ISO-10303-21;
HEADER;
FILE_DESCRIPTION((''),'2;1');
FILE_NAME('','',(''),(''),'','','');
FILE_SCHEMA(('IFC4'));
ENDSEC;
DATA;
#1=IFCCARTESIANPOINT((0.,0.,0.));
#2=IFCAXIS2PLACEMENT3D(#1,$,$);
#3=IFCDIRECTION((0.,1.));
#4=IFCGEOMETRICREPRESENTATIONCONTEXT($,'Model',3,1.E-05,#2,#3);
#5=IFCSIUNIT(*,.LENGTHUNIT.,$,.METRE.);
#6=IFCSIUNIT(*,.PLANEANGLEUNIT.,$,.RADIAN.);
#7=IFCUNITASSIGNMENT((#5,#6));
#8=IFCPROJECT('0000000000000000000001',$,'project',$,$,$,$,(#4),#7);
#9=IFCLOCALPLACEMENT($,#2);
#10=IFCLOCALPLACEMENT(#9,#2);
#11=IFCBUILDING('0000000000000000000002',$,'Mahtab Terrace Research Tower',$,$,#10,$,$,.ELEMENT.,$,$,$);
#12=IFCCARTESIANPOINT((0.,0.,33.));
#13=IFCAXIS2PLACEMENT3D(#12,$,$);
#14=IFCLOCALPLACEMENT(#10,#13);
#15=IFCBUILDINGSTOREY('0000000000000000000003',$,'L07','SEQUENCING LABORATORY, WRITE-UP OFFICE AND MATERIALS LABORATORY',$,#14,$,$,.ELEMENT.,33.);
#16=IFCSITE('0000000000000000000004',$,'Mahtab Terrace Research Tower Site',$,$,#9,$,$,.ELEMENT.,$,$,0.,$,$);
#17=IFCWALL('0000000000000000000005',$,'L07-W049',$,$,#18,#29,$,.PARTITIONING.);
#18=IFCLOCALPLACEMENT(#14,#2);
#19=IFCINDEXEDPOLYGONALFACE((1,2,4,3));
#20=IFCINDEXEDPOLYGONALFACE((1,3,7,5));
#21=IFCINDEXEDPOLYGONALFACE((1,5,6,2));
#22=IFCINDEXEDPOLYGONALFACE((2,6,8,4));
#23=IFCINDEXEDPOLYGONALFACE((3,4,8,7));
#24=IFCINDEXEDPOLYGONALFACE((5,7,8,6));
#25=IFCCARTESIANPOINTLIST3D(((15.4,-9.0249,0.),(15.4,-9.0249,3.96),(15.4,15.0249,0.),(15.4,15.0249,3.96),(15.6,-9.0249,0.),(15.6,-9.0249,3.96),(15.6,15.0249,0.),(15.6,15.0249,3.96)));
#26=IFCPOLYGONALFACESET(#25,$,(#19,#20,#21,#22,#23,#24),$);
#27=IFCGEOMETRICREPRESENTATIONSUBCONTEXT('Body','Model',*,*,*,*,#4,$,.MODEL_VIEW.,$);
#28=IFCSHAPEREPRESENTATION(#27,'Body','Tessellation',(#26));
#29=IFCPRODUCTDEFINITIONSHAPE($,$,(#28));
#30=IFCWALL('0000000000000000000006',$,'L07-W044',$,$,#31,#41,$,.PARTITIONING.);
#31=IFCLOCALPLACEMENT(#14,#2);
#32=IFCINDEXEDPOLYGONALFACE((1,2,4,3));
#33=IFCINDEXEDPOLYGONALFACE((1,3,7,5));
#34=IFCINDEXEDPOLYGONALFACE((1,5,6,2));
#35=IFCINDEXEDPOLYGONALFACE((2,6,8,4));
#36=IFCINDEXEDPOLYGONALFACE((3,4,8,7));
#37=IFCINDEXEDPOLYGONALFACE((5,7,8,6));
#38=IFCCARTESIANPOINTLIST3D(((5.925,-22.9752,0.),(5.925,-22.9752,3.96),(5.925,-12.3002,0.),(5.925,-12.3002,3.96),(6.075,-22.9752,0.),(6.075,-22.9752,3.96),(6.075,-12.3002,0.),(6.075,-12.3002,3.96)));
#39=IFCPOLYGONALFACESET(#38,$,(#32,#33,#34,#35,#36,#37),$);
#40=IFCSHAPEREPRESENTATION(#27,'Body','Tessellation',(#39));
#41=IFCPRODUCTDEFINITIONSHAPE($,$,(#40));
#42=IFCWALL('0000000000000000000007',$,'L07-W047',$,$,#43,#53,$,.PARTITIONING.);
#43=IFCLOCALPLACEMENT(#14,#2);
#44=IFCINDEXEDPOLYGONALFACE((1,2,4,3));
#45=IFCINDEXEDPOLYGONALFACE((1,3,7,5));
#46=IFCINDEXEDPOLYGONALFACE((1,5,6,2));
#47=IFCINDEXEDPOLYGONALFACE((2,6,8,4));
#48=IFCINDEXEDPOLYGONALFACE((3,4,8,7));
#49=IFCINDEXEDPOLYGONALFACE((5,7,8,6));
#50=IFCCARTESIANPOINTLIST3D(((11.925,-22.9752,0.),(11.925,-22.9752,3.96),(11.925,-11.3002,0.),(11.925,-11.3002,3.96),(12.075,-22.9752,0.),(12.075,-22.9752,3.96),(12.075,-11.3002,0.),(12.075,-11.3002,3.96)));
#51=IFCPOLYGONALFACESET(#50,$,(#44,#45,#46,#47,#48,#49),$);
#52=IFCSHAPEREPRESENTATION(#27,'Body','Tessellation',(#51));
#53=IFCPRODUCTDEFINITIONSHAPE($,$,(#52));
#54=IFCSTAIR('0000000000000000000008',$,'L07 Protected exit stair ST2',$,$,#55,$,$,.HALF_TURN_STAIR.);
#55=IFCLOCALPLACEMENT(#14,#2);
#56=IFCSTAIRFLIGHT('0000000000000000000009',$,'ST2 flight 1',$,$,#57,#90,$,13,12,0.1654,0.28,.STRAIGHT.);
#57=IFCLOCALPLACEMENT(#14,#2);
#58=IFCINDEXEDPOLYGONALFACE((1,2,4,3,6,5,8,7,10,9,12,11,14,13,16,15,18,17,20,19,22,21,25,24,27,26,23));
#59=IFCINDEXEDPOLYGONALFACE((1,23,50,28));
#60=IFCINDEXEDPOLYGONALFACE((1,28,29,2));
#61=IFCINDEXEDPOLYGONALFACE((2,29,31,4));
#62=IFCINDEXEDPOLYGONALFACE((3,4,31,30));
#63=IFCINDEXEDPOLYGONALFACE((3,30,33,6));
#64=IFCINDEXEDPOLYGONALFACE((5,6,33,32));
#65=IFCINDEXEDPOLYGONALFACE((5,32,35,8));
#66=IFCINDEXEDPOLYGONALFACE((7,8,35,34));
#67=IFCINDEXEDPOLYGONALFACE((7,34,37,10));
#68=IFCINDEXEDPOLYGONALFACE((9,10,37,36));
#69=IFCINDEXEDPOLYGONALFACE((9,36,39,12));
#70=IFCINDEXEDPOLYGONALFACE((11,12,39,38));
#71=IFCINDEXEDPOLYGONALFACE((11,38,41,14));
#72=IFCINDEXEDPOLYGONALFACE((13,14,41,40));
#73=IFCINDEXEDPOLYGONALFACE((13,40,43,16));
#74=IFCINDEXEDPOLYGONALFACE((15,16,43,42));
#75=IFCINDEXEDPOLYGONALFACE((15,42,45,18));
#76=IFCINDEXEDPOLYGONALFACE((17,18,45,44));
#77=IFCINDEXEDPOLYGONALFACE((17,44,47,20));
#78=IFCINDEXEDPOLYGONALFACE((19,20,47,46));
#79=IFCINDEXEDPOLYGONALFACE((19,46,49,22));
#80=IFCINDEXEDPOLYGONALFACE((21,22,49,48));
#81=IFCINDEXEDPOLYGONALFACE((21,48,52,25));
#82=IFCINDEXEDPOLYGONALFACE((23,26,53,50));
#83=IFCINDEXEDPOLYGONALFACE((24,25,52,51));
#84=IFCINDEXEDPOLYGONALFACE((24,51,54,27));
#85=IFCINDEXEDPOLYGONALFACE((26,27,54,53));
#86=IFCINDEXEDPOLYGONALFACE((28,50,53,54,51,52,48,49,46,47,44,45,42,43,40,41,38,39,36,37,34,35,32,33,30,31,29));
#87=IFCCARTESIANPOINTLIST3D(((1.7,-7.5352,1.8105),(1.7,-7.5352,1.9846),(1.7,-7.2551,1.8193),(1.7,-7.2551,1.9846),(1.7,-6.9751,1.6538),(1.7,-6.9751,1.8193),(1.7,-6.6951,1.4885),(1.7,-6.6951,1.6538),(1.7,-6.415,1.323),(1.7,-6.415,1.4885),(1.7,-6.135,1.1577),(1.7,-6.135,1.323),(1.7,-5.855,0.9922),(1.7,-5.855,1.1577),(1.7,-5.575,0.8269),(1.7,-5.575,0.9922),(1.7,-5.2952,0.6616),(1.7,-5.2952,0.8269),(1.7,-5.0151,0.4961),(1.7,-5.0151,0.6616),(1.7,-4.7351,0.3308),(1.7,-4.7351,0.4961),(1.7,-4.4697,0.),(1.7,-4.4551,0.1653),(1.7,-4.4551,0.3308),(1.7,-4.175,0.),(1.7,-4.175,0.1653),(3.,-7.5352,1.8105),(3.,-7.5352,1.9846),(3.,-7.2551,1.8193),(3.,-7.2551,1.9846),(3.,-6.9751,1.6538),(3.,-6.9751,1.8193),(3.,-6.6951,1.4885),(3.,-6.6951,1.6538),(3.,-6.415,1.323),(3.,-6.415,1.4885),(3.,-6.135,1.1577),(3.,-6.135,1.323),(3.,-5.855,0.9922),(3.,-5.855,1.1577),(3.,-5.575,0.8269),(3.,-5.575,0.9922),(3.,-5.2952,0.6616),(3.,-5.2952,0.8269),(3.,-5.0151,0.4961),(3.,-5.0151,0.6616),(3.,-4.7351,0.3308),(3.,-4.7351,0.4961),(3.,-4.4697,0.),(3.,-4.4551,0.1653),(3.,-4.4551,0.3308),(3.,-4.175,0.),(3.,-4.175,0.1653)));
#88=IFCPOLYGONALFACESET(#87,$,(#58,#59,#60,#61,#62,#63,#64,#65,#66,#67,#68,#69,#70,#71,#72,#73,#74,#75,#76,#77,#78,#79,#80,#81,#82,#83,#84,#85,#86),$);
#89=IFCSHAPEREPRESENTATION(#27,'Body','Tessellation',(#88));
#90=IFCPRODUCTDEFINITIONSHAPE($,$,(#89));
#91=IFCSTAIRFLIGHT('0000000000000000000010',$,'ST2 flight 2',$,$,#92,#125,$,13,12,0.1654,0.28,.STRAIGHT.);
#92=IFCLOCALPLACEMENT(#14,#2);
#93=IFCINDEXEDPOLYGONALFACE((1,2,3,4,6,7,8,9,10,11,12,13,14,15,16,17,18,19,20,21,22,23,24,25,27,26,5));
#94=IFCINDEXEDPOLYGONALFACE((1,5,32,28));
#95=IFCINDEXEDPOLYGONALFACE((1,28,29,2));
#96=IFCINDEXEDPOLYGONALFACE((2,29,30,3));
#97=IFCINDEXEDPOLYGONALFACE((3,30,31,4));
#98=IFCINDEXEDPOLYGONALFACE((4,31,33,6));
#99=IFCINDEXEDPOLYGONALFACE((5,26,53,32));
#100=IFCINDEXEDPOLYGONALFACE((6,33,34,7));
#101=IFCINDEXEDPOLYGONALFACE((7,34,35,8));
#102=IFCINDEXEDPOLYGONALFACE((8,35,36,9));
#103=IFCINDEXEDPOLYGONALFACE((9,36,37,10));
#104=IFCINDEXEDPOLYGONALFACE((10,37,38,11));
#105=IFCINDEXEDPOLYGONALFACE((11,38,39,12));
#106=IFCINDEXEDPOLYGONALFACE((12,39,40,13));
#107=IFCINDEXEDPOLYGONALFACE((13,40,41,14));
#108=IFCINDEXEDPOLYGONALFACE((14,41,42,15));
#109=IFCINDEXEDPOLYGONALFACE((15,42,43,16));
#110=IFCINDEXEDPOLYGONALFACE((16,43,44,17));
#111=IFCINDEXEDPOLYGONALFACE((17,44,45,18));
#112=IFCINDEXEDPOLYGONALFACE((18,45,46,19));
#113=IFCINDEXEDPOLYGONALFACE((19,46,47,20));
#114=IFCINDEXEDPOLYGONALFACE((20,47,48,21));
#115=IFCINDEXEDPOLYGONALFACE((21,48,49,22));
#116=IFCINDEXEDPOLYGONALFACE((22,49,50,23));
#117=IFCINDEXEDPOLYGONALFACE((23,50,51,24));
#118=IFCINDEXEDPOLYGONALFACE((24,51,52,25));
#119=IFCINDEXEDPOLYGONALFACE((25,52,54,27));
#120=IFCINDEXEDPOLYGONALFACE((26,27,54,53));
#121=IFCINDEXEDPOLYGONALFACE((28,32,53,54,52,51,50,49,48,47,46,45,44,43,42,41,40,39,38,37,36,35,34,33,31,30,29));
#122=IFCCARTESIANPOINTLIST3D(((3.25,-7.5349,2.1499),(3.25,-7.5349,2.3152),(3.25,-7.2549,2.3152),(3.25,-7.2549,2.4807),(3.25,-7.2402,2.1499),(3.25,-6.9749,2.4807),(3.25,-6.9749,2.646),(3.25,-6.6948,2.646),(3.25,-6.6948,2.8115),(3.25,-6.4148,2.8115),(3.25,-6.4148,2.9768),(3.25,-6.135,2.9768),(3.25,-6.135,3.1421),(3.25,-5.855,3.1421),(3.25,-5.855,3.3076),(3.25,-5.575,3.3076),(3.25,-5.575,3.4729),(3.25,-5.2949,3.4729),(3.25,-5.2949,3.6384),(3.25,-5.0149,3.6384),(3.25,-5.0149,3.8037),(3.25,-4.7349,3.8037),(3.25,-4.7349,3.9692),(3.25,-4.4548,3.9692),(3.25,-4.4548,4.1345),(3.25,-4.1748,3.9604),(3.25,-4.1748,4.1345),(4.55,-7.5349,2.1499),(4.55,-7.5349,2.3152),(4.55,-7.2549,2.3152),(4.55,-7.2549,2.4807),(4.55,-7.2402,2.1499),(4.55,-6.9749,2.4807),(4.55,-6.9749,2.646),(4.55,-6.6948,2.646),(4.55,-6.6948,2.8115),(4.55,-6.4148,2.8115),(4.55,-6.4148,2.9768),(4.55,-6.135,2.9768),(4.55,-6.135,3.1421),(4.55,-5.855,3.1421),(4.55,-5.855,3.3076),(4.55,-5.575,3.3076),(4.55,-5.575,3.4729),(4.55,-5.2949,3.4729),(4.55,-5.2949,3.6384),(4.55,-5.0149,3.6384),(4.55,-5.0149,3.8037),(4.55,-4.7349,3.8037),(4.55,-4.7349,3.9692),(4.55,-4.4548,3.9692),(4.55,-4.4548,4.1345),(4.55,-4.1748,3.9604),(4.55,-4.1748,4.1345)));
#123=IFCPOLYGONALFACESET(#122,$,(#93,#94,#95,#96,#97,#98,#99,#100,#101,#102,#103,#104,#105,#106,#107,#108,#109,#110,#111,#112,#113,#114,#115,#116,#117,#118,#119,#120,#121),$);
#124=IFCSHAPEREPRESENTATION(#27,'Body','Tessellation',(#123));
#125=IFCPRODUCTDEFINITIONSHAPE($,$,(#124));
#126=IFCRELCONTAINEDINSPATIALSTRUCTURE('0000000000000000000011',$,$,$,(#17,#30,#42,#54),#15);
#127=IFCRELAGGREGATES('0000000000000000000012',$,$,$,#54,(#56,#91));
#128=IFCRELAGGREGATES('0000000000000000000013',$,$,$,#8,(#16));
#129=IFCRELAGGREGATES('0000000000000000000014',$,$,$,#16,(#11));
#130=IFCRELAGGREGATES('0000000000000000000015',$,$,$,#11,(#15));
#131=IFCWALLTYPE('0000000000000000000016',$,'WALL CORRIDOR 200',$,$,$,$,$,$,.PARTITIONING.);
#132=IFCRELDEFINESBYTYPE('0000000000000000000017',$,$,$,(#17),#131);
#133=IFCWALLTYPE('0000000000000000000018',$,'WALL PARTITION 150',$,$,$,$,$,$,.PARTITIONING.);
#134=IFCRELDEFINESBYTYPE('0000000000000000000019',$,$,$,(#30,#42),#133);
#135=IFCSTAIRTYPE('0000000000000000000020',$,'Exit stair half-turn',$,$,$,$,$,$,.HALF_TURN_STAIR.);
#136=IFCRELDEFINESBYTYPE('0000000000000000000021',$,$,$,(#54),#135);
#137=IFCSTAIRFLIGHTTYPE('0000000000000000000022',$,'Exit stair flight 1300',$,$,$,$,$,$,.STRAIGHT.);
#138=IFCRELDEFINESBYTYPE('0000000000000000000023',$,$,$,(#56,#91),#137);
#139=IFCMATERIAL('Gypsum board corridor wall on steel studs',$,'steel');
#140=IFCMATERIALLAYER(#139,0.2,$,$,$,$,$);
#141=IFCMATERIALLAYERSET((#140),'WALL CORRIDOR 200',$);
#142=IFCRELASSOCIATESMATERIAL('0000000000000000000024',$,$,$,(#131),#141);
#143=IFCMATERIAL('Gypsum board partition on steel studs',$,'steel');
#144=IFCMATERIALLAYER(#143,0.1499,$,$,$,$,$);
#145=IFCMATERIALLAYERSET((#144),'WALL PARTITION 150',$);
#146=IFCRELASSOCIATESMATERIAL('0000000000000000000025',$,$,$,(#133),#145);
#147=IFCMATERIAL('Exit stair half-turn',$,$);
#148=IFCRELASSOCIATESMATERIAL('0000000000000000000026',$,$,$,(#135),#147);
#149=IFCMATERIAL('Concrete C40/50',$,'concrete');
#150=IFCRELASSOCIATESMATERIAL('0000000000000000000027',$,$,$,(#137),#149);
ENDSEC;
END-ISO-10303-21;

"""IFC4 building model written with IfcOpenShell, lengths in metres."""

from ifc_helpers import new_model, si_unit, direction, frame, frame_2d, origin, place, context, subcontext, project, spatial, polyline, rectangle, outline, extrude, material, layer, layer_set, type_object, element, aggregate, save


model = new_model("IFC4")

# Units and contexts
model_context = context("Model", 3, precision=1e-05, world=origin(), true_north=direction((0.0, 1.0)))
body_context = subcontext(model_context, "Body", "Model", "MODEL_VIEW")
ifc_project = project(units=[si_unit("LENGTHUNIT", "METRE"), si_unit("PLANEANGLEUNIT", "RADIAN")], contexts=[model_context])

# Site, building, storey
site_placement = place(None, origin())
site = spatial("IfcSite", under=ifc_project, at=site_placement, Name="Mahtab Terrace Research Tower Site", CompositionType="ELEMENT", RefElevation=0.0)
building_placement = place(site_placement, origin())
building = spatial("IfcBuilding", under=site, at=building_placement, Name="Mahtab Terrace Research Tower", CompositionType="ELEMENT")
storey_placement = place(building_placement, frame((0.0, 0.0, 33.0)))
storey = spatial("IfcBuildingStorey", under=building, at=storey_placement, Name="L07", Description="SEQUENCING LABORATORY, WRITE-UP OFFICE AND MATERIALS LABORATORY", CompositionType="ELEMENT", Elevation=33.0)

# Shared definitions
ifc_material_1 = material(Name="Gypsum board corridor wall on steel studs", Category="steel")
ifc_layer_1 = layer(ifc_material_1, 0.2)
ifc_layer_set_1 = layer_set([ifc_layer_1], Name="WALL CORRIDOR 200")
wall_type_1 = type_object("IfcWallType", Name="WALL CORRIDOR 200", PredefinedType="PARTITIONING", material=ifc_layer_set_1)

# Walls
wall_1_placement = place(storey_placement, frame((15.5, -9.0249, 0.0), z_axis=(0.0, 0.0, 1.0), x_axis=(0.0, 1.0, 0.0)))
element("IfcWall", 1, at=wall_1_placement, inside=storey, type_object=wall_type_1, Name="L07-W049", PredefinedType="PARTITIONING", context=body_context, shape_type="SweptSolid", body=[
    extrude(rectangle(XDim=24.0498, YDim=0.2, at=frame_2d((12.0249, 0.0))), origin(), (0.0, 0.0, 1.0), 3.96),
])
ifc_material_2 = material(Name="Gypsum board partition on steel studs", Category="steel")
ifc_layer_2 = layer(ifc_material_2, 0.1499)
ifc_layer_set_2 = layer_set([ifc_layer_2], Name="WALL PARTITION 150")
wall_type_2 = type_object("IfcWallType", Name="WALL PARTITION 150", PredefinedType="PARTITIONING", material=ifc_layer_set_2)
wall_2_placement = place(storey_placement, frame((6.0, -22.9751, 0.0), z_axis=(0.0, 0.0, 1.0), x_axis=(0.0, 1.0, 0.0)))
element("IfcWall", 2, at=wall_2_placement, inside=storey, type_object=wall_type_2, Name="L07-W044", PredefinedType="PARTITIONING", context=body_context, shape_type="SweptSolid", body=[
    extrude(rectangle(XDim=10.675, YDim=0.1499, at=frame_2d((5.3374, 0.0))), origin(), (0.0, 0.0, 1.0), 3.96),
])
wall_3_placement = place(storey_placement, frame((12.0, -22.9751, 0.0), z_axis=(0.0, 0.0, 1.0), x_axis=(0.0, 1.0, 0.0)))
element("IfcWall", 3, at=wall_3_placement, inside=storey, type_object=wall_type_2, Name="L07-W047", PredefinedType="PARTITIONING", context=body_context, shape_type="SweptSolid", body=[
    extrude(rectangle(XDim=11.675, YDim=0.1499, at=frame_2d((5.8374, 0.0))), origin(), (0.0, 0.0, 1.0), 3.96),
])

# Stair, stair flights
ifc_material_3 = material(Name="Exit stair half-turn")
stair_type = type_object("IfcStairType", Name="Exit stair half-turn", PredefinedType="HALF_TURN_STAIR", material=ifc_material_3)
stair_placement = place(storey_placement, origin())
stair = element("IfcStair", 4, at=stair_placement, inside=storey, type_object=stair_type, Name="L07 Protected exit stair ST2", PredefinedType="HALF_TURN_STAIR")
ifc_material_4 = material(Name="Concrete C40/50", Category="concrete")
stair_flight_type = type_object("IfcStairFlightType", Name="Exit stair flight 1300", PredefinedType="STRAIGHT", material=ifc_material_4)
stair_flight_1_placement = place(storey_placement, frame((2.3501, -4.175, 0.0), z_axis=(0.0, 0.0, 1.0), x_axis=(0.0, -1.0, 0.0)))
stair_flight_1 = element("IfcStairFlight", 5, at=stair_flight_1_placement, type_object=stair_flight_type, Name="ST2 flight 1", NumberOfRisers=13, NumberOfTreads=12, PredefinedType="STRAIGHT", RiserHeight=0.1654, TreadLength=0.28, context=body_context, shape_type="SweptSolid", body=[
    extrude(outline(polyline([(0.0, 0.0), (0.0, 0.1653), (0.28, 0.1653), (0.28, 0.3308), (0.5601, 0.3308), (0.5601, 0.4961), (0.8401, 0.4961), (0.8401, 0.6616), (1.1201, 0.6616), (1.1201, 0.8269), (1.3999, 0.8269), (1.3999, 0.9922), (1.6799, 0.9922), (1.6799, 1.1577), (1.96, 1.1577), (1.96, 1.323), (2.24, 1.323), (2.24, 1.4885), (2.52, 1.4885), (2.52, 1.6538), (2.8, 1.6538), (2.8, 1.8193), (3.0801, 1.8193), (3.0801, 1.9846), (3.3601, 1.9846), (3.3601, 2.1499), (3.3601, 1.8105), (0.2947, 0.0), (0.0, 0.0)])), frame((0.0, 0.6499, 0.0), z_axis=(0.0, -1.0, 0.0), x_axis=(1.0, 0.0, 0.0)), (0.0, 0.0, 1.0), 1.3),
])
stair_flight_2_placement = place(storey_placement, frame((3.8999, -7.5349, 2.1499), z_axis=(0.0, 0.0, 1.0), x_axis=(0.0, 1.0, 0.0)))
stair_flight_2 = element("IfcStairFlight", 6, at=stair_flight_2_placement, type_object=stair_flight_type, Name="ST2 flight 2", NumberOfRisers=13, NumberOfTreads=12, PredefinedType="STRAIGHT", RiserHeight=0.1654, TreadLength=0.28, context=body_context, shape_type="SweptSolid", body=[
    extrude(outline(polyline([(0.0, 0.0), (0.0, 0.1653), (0.28, 0.1653), (0.28, 0.3308), (0.5601, 0.3308), (0.5601, 0.4961), (0.8401, 0.4961), (0.8401, 0.6616), (1.1201, 0.6616), (1.1201, 0.8269), (1.3999, 0.8269), (1.3999, 0.9922), (1.6799, 0.9922), (1.6799, 1.1577), (1.96, 1.1577), (1.96, 1.323), (2.24, 1.323), (2.24, 1.4885), (2.52, 1.4885), (2.52, 1.6538), (2.8, 1.6538), (2.8, 1.8193), (3.0801, 1.8193), (3.0801, 1.9846), (3.3601, 1.9846), (3.3601, 2.1499), (3.3601, 1.8105), (0.2947, 0.0), (0.0, 0.0)])), frame((0.0, 0.6499, 0.0), z_axis=(0.0, -1.0, 0.0), x_axis=(1.0, 0.0, 0.0)), (0.0, 0.0, 1.0), 1.3),
])
aggregate(stair, [stair_flight_1, stair_flight_2])

save(model, "model.ifc")
